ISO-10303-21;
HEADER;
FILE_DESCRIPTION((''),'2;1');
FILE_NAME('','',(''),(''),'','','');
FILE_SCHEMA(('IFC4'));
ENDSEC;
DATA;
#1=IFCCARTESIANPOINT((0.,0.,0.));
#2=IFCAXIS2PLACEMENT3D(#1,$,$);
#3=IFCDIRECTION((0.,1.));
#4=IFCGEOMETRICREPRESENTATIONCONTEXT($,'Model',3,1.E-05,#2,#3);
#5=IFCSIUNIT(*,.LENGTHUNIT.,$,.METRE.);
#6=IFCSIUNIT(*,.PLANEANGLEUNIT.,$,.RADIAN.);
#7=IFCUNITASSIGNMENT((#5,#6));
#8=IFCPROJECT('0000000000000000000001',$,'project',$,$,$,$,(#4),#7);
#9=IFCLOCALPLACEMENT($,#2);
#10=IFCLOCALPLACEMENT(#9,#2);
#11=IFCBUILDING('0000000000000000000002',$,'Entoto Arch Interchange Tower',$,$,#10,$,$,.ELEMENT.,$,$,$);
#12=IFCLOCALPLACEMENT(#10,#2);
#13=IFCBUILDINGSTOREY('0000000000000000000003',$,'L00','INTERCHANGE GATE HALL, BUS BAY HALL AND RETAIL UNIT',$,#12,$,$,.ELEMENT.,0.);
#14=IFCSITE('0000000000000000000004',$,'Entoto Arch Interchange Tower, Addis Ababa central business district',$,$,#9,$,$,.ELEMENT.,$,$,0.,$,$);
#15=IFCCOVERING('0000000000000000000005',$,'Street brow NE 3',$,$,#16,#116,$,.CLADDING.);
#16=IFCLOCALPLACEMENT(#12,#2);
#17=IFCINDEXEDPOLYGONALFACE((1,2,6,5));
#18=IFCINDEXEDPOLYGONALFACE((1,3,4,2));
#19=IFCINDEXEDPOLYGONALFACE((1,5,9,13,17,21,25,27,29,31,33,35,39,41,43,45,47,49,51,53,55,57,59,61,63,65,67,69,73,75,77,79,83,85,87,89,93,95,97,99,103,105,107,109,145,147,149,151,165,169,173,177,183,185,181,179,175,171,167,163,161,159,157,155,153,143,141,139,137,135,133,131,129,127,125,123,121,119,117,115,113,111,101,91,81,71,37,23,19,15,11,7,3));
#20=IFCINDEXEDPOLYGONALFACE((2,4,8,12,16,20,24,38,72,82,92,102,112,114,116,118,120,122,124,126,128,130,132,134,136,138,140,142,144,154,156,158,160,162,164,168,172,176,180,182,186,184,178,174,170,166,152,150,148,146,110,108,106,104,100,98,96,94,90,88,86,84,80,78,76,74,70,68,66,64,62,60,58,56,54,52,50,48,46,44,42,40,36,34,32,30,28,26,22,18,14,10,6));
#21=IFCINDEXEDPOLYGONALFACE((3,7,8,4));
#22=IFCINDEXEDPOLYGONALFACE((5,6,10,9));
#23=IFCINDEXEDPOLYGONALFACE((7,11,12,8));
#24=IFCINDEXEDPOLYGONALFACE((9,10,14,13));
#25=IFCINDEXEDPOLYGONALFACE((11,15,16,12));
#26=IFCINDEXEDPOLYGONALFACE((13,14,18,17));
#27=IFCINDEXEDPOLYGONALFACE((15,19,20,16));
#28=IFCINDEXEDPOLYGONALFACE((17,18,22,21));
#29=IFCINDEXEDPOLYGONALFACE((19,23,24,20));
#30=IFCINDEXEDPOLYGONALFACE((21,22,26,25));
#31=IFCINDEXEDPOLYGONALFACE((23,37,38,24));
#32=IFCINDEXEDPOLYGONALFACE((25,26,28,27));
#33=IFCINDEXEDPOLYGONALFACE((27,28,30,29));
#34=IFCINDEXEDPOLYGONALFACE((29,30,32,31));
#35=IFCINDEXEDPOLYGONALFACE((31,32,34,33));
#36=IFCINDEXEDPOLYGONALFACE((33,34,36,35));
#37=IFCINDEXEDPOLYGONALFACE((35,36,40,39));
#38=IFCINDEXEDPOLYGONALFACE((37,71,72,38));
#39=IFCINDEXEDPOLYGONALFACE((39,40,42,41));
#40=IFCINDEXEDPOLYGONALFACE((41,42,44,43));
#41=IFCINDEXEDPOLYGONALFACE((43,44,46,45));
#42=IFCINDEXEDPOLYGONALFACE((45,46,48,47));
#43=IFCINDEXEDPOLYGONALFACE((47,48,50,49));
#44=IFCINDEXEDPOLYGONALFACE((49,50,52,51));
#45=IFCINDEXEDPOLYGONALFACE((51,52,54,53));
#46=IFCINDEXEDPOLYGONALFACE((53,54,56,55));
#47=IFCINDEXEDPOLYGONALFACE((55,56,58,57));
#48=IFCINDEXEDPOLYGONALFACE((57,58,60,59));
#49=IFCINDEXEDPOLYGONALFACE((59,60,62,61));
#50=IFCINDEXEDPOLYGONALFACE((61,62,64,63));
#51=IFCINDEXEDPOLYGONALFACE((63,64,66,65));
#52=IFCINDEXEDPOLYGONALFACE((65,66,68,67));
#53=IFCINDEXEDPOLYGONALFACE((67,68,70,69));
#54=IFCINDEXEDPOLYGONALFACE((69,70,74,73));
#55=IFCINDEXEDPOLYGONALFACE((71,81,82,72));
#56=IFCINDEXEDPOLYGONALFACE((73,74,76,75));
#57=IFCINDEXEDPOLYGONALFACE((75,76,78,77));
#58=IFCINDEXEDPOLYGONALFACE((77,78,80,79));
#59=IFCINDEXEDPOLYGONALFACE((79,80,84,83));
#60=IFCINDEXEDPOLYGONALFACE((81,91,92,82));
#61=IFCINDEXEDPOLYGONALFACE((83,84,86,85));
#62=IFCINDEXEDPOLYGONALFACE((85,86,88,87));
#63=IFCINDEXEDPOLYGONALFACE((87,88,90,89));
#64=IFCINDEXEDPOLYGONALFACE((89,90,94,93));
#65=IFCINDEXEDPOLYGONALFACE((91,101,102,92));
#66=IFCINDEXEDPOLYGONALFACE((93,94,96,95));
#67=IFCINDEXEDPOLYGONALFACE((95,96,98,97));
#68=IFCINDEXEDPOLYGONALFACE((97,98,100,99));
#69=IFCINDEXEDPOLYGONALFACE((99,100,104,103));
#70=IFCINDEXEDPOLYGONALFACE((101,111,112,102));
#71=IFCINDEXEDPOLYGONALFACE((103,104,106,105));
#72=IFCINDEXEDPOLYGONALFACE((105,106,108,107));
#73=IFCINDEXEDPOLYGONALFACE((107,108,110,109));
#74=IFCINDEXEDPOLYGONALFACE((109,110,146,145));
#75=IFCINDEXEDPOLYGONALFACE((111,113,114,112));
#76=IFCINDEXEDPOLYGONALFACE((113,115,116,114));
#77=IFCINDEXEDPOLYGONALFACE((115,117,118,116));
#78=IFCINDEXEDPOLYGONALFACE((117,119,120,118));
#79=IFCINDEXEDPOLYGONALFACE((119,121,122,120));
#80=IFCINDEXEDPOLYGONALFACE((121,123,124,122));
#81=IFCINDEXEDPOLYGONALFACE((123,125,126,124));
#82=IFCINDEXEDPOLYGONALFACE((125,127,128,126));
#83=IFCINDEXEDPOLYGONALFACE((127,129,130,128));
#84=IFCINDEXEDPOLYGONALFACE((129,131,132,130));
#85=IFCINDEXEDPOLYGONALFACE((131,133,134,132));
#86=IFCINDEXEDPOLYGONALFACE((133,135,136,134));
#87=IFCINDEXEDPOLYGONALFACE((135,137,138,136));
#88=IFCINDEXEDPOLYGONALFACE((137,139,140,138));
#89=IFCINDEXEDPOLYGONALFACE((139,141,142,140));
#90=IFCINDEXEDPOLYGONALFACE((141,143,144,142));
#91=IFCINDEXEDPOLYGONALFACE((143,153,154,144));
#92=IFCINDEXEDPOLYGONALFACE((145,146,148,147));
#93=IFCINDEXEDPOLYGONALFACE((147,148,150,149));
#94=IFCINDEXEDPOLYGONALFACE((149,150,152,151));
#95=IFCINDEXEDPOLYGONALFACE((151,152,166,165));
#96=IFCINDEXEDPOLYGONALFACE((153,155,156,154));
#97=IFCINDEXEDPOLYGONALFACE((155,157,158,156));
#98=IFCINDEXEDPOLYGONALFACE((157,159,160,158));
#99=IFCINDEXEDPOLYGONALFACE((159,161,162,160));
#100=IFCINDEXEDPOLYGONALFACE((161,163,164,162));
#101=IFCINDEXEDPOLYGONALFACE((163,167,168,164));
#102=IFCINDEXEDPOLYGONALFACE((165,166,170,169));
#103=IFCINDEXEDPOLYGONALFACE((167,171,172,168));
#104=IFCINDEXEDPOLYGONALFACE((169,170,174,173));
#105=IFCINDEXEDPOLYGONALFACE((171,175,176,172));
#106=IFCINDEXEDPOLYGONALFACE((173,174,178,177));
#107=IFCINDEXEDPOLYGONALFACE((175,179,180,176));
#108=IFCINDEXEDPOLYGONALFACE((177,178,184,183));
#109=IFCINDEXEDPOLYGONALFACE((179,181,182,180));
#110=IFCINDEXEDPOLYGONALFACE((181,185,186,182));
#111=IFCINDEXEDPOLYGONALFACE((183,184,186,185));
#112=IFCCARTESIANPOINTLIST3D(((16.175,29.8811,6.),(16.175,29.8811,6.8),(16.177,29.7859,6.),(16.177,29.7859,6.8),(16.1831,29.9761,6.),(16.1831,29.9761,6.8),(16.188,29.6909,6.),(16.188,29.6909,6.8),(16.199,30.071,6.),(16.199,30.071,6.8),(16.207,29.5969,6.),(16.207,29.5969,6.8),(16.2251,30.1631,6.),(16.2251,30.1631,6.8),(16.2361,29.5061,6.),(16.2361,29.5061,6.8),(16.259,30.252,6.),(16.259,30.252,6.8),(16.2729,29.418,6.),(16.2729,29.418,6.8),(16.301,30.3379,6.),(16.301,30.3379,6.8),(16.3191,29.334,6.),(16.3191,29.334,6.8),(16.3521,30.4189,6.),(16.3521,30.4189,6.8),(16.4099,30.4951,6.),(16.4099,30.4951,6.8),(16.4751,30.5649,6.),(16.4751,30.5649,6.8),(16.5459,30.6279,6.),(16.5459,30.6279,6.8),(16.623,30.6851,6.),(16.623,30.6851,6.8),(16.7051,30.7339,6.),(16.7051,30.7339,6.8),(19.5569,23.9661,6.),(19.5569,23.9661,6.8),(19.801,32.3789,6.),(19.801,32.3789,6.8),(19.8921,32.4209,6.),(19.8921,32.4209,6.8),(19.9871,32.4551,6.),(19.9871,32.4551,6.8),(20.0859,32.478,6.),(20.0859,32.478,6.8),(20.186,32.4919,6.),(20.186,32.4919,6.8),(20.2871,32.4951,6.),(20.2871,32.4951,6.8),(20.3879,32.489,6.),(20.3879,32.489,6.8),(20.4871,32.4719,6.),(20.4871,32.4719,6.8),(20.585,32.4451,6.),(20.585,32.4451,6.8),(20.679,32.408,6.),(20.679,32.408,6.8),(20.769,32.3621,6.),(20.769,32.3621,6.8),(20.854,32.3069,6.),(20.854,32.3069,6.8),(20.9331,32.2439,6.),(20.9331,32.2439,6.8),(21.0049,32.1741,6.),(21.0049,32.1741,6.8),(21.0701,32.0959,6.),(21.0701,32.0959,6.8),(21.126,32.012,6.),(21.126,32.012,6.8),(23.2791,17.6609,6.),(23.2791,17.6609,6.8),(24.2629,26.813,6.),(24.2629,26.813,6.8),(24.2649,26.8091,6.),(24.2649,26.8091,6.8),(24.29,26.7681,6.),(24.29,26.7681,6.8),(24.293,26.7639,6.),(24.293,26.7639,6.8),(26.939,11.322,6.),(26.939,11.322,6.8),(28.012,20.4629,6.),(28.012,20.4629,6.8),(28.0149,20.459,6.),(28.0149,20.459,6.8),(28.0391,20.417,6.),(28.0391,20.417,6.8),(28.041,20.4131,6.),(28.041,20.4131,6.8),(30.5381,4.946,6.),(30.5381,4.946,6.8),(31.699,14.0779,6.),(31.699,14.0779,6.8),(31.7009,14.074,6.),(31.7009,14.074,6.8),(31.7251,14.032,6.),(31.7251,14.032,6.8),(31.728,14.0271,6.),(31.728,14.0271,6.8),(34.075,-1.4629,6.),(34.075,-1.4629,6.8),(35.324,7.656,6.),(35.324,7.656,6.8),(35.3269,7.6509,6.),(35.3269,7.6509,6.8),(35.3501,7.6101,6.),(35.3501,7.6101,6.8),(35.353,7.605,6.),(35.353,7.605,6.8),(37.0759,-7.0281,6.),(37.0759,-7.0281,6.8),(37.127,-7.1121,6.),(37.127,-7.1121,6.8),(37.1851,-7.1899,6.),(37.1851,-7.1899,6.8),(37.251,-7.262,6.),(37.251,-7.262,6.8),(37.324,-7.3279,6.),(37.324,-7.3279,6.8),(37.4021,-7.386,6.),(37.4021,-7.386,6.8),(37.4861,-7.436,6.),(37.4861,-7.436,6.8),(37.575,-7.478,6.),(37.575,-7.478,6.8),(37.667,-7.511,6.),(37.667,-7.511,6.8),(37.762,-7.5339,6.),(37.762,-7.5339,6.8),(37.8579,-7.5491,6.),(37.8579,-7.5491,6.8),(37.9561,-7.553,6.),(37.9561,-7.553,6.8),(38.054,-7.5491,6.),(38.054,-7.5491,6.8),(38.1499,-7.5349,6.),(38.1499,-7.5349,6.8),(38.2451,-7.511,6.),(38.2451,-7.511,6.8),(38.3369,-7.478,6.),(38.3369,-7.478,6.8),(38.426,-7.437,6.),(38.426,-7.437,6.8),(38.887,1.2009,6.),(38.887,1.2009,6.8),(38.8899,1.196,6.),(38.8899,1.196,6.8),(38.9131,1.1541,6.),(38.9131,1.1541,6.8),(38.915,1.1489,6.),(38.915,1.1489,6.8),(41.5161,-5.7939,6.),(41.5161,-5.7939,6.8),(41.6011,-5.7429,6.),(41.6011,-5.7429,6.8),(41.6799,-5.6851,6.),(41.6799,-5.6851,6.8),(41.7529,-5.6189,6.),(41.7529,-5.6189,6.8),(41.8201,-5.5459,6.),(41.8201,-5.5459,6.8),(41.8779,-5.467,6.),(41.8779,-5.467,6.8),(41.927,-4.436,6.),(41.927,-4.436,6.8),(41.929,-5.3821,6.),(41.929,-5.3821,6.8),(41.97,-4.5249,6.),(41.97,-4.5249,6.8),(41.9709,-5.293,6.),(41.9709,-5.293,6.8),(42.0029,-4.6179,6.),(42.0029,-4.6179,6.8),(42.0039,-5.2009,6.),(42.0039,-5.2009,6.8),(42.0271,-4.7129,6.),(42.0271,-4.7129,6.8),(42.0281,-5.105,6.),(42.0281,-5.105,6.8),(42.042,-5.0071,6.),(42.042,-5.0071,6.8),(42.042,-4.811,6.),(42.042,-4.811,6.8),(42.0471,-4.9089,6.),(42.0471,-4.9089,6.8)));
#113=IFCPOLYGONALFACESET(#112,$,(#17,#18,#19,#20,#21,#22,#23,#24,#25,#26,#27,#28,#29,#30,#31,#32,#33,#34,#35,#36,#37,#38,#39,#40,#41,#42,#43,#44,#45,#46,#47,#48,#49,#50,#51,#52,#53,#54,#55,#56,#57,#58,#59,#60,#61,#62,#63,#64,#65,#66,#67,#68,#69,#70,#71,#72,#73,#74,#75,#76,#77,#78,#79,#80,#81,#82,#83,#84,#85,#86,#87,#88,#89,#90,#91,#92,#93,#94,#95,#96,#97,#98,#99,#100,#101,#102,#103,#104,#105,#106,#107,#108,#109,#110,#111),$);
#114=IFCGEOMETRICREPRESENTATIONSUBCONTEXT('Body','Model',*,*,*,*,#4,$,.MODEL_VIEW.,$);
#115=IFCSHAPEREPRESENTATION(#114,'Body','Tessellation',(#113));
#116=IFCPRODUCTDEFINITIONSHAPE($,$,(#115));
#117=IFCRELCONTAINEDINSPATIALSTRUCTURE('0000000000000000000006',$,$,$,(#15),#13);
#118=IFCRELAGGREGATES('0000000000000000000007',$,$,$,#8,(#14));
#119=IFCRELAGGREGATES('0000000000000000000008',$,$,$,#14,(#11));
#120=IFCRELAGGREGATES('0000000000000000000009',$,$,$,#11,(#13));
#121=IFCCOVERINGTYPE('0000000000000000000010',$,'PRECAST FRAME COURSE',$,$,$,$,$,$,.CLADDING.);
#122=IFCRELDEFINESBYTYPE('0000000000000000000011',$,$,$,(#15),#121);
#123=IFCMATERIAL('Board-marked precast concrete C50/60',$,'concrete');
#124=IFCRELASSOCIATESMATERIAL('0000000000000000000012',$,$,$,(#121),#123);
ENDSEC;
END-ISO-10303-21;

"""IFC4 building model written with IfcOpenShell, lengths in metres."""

from ifc_helpers import new_model, si_unit, direction, frame, origin, place, context, subcontext, project, spatial, polyline, outline, extrude, material, type_object, element, save


model = new_model("IFC4")

# Units and contexts
model_context = context("Model", 3, precision=1e-05, world=origin(), true_north=direction((0.0, 1.0)))
body_context = subcontext(model_context, "Body", "Model", "MODEL_VIEW")
ifc_project = project(units=[si_unit("LENGTHUNIT", "METRE"), si_unit("PLANEANGLEUNIT", "RADIAN")], contexts=[model_context])

# Site, building, storey
site_placement = place(None, origin())
site = spatial("IfcSite", under=ifc_project, at=site_placement, Name="Entoto Arch Interchange Tower, Addis Ababa central business district", CompositionType="ELEMENT", RefElevation=0.0)
building_placement = place(site_placement, origin())
building = spatial("IfcBuilding", under=site, at=building_placement, Name="Entoto Arch Interchange Tower", CompositionType="ELEMENT")
storey_placement = place(building_placement, origin())
storey = spatial("IfcBuildingStorey", under=building, at=storey_placement, Name="L00", Description="INTERCHANGE GATE HALL, BUS BAY HALL AND RETAIL UNIT", CompositionType="ELEMENT", Elevation=0.0)

# Covering
ifc_material_1 = material(Name="Board-marked precast concrete C50/60", Category="concrete")
covering_type = type_object("IfcCoveringType", Name="PRECAST FRAME COURSE", PredefinedType="CLADDING", material=ifc_material_1)
covering_1_placement = place(storey_placement, frame((0.0, 0.0, 6.0)))
element("IfcCovering", 1, at=covering_1_placement, inside=storey, type_object=covering_type, Name="Street brow NE 3", PredefinedType="CLADDING", context=body_context, shape_type="SweptSolid", body=[
    extrude(outline(polyline([(24.2629, 26.813), (24.2649, 26.8091), (24.29, 26.7681), (24.293, 26.7639), (28.012, 20.4629), (28.0149, 20.459), (28.0391, 20.417), (28.041, 20.4131), (31.699, 14.0779), (31.7009, 14.074), (31.7251, 14.032), (31.728, 14.0271), (35.324, 7.656), (35.3269, 7.6509), (35.3501, 7.6101), (35.353, 7.605), (38.887, 1.2009), (38.8899, 1.196), (38.9131, 1.1541), (38.915, 1.1489), (41.927, -4.436), (41.97, -4.5249), (42.0029, -4.6179), (42.0271, -4.7129), (42.042, -4.811), (42.0471, -4.9089), (42.042, -5.0071), (42.0281, -5.105), (42.0039, -5.2009), (41.9709, -5.293), (41.929, -5.3821), (41.8779, -5.467), (41.8201, -5.5459), (41.7529, -5.6189), (41.6799, -5.6851), (41.6011, -5.7429), (41.5161, -5.7939), (38.426, -7.437), (38.3369, -7.478), (38.2451, -7.511), (38.1499, -7.5349), (38.054, -7.5491), (37.9561, -7.553), (37.8579, -7.5491), (37.762, -7.5339), (37.667, -7.511), (37.575, -7.478), (37.4861, -7.436), (37.4021, -7.386), (37.324, -7.3279), (37.251, -7.262), (37.1851, -7.1899), (37.127, -7.1121), (37.0759, -7.0281), (34.075, -1.4629), (30.5381, 4.946), (26.939, 11.322), (23.2791, 17.6609), (19.5569, 23.9661), (16.3191, 29.334), (16.2729, 29.418), (16.2361, 29.5061), (16.207, 29.5969), (16.188, 29.6909), (16.177, 29.7859), (16.175, 29.8811), (16.1831, 29.9761), (16.199, 30.071), (16.2251, 30.1631), (16.259, 30.252), (16.301, 30.3379), (16.3521, 30.4189), (16.4099, 30.4951), (16.4751, 30.5649), (16.5459, 30.6279), (16.623, 30.6851), (16.7051, 30.7339), (19.801, 32.3789), (19.8921, 32.4209), (19.9871, 32.4551), (20.0859, 32.478), (20.186, 32.4919), (20.2871, 32.4951), (20.3879, 32.489), (20.4871, 32.4719), (20.585, 32.4451), (20.679, 32.408), (20.769, 32.3621), (20.854, 32.3069), (20.9331, 32.2439), (21.0049, 32.1741), (21.0701, 32.0959), (21.126, 32.012), (24.2629, 26.813)])), origin(), (0.0, 0.0, 1.0), 0.8),
])

save(model, "model.ifc")
